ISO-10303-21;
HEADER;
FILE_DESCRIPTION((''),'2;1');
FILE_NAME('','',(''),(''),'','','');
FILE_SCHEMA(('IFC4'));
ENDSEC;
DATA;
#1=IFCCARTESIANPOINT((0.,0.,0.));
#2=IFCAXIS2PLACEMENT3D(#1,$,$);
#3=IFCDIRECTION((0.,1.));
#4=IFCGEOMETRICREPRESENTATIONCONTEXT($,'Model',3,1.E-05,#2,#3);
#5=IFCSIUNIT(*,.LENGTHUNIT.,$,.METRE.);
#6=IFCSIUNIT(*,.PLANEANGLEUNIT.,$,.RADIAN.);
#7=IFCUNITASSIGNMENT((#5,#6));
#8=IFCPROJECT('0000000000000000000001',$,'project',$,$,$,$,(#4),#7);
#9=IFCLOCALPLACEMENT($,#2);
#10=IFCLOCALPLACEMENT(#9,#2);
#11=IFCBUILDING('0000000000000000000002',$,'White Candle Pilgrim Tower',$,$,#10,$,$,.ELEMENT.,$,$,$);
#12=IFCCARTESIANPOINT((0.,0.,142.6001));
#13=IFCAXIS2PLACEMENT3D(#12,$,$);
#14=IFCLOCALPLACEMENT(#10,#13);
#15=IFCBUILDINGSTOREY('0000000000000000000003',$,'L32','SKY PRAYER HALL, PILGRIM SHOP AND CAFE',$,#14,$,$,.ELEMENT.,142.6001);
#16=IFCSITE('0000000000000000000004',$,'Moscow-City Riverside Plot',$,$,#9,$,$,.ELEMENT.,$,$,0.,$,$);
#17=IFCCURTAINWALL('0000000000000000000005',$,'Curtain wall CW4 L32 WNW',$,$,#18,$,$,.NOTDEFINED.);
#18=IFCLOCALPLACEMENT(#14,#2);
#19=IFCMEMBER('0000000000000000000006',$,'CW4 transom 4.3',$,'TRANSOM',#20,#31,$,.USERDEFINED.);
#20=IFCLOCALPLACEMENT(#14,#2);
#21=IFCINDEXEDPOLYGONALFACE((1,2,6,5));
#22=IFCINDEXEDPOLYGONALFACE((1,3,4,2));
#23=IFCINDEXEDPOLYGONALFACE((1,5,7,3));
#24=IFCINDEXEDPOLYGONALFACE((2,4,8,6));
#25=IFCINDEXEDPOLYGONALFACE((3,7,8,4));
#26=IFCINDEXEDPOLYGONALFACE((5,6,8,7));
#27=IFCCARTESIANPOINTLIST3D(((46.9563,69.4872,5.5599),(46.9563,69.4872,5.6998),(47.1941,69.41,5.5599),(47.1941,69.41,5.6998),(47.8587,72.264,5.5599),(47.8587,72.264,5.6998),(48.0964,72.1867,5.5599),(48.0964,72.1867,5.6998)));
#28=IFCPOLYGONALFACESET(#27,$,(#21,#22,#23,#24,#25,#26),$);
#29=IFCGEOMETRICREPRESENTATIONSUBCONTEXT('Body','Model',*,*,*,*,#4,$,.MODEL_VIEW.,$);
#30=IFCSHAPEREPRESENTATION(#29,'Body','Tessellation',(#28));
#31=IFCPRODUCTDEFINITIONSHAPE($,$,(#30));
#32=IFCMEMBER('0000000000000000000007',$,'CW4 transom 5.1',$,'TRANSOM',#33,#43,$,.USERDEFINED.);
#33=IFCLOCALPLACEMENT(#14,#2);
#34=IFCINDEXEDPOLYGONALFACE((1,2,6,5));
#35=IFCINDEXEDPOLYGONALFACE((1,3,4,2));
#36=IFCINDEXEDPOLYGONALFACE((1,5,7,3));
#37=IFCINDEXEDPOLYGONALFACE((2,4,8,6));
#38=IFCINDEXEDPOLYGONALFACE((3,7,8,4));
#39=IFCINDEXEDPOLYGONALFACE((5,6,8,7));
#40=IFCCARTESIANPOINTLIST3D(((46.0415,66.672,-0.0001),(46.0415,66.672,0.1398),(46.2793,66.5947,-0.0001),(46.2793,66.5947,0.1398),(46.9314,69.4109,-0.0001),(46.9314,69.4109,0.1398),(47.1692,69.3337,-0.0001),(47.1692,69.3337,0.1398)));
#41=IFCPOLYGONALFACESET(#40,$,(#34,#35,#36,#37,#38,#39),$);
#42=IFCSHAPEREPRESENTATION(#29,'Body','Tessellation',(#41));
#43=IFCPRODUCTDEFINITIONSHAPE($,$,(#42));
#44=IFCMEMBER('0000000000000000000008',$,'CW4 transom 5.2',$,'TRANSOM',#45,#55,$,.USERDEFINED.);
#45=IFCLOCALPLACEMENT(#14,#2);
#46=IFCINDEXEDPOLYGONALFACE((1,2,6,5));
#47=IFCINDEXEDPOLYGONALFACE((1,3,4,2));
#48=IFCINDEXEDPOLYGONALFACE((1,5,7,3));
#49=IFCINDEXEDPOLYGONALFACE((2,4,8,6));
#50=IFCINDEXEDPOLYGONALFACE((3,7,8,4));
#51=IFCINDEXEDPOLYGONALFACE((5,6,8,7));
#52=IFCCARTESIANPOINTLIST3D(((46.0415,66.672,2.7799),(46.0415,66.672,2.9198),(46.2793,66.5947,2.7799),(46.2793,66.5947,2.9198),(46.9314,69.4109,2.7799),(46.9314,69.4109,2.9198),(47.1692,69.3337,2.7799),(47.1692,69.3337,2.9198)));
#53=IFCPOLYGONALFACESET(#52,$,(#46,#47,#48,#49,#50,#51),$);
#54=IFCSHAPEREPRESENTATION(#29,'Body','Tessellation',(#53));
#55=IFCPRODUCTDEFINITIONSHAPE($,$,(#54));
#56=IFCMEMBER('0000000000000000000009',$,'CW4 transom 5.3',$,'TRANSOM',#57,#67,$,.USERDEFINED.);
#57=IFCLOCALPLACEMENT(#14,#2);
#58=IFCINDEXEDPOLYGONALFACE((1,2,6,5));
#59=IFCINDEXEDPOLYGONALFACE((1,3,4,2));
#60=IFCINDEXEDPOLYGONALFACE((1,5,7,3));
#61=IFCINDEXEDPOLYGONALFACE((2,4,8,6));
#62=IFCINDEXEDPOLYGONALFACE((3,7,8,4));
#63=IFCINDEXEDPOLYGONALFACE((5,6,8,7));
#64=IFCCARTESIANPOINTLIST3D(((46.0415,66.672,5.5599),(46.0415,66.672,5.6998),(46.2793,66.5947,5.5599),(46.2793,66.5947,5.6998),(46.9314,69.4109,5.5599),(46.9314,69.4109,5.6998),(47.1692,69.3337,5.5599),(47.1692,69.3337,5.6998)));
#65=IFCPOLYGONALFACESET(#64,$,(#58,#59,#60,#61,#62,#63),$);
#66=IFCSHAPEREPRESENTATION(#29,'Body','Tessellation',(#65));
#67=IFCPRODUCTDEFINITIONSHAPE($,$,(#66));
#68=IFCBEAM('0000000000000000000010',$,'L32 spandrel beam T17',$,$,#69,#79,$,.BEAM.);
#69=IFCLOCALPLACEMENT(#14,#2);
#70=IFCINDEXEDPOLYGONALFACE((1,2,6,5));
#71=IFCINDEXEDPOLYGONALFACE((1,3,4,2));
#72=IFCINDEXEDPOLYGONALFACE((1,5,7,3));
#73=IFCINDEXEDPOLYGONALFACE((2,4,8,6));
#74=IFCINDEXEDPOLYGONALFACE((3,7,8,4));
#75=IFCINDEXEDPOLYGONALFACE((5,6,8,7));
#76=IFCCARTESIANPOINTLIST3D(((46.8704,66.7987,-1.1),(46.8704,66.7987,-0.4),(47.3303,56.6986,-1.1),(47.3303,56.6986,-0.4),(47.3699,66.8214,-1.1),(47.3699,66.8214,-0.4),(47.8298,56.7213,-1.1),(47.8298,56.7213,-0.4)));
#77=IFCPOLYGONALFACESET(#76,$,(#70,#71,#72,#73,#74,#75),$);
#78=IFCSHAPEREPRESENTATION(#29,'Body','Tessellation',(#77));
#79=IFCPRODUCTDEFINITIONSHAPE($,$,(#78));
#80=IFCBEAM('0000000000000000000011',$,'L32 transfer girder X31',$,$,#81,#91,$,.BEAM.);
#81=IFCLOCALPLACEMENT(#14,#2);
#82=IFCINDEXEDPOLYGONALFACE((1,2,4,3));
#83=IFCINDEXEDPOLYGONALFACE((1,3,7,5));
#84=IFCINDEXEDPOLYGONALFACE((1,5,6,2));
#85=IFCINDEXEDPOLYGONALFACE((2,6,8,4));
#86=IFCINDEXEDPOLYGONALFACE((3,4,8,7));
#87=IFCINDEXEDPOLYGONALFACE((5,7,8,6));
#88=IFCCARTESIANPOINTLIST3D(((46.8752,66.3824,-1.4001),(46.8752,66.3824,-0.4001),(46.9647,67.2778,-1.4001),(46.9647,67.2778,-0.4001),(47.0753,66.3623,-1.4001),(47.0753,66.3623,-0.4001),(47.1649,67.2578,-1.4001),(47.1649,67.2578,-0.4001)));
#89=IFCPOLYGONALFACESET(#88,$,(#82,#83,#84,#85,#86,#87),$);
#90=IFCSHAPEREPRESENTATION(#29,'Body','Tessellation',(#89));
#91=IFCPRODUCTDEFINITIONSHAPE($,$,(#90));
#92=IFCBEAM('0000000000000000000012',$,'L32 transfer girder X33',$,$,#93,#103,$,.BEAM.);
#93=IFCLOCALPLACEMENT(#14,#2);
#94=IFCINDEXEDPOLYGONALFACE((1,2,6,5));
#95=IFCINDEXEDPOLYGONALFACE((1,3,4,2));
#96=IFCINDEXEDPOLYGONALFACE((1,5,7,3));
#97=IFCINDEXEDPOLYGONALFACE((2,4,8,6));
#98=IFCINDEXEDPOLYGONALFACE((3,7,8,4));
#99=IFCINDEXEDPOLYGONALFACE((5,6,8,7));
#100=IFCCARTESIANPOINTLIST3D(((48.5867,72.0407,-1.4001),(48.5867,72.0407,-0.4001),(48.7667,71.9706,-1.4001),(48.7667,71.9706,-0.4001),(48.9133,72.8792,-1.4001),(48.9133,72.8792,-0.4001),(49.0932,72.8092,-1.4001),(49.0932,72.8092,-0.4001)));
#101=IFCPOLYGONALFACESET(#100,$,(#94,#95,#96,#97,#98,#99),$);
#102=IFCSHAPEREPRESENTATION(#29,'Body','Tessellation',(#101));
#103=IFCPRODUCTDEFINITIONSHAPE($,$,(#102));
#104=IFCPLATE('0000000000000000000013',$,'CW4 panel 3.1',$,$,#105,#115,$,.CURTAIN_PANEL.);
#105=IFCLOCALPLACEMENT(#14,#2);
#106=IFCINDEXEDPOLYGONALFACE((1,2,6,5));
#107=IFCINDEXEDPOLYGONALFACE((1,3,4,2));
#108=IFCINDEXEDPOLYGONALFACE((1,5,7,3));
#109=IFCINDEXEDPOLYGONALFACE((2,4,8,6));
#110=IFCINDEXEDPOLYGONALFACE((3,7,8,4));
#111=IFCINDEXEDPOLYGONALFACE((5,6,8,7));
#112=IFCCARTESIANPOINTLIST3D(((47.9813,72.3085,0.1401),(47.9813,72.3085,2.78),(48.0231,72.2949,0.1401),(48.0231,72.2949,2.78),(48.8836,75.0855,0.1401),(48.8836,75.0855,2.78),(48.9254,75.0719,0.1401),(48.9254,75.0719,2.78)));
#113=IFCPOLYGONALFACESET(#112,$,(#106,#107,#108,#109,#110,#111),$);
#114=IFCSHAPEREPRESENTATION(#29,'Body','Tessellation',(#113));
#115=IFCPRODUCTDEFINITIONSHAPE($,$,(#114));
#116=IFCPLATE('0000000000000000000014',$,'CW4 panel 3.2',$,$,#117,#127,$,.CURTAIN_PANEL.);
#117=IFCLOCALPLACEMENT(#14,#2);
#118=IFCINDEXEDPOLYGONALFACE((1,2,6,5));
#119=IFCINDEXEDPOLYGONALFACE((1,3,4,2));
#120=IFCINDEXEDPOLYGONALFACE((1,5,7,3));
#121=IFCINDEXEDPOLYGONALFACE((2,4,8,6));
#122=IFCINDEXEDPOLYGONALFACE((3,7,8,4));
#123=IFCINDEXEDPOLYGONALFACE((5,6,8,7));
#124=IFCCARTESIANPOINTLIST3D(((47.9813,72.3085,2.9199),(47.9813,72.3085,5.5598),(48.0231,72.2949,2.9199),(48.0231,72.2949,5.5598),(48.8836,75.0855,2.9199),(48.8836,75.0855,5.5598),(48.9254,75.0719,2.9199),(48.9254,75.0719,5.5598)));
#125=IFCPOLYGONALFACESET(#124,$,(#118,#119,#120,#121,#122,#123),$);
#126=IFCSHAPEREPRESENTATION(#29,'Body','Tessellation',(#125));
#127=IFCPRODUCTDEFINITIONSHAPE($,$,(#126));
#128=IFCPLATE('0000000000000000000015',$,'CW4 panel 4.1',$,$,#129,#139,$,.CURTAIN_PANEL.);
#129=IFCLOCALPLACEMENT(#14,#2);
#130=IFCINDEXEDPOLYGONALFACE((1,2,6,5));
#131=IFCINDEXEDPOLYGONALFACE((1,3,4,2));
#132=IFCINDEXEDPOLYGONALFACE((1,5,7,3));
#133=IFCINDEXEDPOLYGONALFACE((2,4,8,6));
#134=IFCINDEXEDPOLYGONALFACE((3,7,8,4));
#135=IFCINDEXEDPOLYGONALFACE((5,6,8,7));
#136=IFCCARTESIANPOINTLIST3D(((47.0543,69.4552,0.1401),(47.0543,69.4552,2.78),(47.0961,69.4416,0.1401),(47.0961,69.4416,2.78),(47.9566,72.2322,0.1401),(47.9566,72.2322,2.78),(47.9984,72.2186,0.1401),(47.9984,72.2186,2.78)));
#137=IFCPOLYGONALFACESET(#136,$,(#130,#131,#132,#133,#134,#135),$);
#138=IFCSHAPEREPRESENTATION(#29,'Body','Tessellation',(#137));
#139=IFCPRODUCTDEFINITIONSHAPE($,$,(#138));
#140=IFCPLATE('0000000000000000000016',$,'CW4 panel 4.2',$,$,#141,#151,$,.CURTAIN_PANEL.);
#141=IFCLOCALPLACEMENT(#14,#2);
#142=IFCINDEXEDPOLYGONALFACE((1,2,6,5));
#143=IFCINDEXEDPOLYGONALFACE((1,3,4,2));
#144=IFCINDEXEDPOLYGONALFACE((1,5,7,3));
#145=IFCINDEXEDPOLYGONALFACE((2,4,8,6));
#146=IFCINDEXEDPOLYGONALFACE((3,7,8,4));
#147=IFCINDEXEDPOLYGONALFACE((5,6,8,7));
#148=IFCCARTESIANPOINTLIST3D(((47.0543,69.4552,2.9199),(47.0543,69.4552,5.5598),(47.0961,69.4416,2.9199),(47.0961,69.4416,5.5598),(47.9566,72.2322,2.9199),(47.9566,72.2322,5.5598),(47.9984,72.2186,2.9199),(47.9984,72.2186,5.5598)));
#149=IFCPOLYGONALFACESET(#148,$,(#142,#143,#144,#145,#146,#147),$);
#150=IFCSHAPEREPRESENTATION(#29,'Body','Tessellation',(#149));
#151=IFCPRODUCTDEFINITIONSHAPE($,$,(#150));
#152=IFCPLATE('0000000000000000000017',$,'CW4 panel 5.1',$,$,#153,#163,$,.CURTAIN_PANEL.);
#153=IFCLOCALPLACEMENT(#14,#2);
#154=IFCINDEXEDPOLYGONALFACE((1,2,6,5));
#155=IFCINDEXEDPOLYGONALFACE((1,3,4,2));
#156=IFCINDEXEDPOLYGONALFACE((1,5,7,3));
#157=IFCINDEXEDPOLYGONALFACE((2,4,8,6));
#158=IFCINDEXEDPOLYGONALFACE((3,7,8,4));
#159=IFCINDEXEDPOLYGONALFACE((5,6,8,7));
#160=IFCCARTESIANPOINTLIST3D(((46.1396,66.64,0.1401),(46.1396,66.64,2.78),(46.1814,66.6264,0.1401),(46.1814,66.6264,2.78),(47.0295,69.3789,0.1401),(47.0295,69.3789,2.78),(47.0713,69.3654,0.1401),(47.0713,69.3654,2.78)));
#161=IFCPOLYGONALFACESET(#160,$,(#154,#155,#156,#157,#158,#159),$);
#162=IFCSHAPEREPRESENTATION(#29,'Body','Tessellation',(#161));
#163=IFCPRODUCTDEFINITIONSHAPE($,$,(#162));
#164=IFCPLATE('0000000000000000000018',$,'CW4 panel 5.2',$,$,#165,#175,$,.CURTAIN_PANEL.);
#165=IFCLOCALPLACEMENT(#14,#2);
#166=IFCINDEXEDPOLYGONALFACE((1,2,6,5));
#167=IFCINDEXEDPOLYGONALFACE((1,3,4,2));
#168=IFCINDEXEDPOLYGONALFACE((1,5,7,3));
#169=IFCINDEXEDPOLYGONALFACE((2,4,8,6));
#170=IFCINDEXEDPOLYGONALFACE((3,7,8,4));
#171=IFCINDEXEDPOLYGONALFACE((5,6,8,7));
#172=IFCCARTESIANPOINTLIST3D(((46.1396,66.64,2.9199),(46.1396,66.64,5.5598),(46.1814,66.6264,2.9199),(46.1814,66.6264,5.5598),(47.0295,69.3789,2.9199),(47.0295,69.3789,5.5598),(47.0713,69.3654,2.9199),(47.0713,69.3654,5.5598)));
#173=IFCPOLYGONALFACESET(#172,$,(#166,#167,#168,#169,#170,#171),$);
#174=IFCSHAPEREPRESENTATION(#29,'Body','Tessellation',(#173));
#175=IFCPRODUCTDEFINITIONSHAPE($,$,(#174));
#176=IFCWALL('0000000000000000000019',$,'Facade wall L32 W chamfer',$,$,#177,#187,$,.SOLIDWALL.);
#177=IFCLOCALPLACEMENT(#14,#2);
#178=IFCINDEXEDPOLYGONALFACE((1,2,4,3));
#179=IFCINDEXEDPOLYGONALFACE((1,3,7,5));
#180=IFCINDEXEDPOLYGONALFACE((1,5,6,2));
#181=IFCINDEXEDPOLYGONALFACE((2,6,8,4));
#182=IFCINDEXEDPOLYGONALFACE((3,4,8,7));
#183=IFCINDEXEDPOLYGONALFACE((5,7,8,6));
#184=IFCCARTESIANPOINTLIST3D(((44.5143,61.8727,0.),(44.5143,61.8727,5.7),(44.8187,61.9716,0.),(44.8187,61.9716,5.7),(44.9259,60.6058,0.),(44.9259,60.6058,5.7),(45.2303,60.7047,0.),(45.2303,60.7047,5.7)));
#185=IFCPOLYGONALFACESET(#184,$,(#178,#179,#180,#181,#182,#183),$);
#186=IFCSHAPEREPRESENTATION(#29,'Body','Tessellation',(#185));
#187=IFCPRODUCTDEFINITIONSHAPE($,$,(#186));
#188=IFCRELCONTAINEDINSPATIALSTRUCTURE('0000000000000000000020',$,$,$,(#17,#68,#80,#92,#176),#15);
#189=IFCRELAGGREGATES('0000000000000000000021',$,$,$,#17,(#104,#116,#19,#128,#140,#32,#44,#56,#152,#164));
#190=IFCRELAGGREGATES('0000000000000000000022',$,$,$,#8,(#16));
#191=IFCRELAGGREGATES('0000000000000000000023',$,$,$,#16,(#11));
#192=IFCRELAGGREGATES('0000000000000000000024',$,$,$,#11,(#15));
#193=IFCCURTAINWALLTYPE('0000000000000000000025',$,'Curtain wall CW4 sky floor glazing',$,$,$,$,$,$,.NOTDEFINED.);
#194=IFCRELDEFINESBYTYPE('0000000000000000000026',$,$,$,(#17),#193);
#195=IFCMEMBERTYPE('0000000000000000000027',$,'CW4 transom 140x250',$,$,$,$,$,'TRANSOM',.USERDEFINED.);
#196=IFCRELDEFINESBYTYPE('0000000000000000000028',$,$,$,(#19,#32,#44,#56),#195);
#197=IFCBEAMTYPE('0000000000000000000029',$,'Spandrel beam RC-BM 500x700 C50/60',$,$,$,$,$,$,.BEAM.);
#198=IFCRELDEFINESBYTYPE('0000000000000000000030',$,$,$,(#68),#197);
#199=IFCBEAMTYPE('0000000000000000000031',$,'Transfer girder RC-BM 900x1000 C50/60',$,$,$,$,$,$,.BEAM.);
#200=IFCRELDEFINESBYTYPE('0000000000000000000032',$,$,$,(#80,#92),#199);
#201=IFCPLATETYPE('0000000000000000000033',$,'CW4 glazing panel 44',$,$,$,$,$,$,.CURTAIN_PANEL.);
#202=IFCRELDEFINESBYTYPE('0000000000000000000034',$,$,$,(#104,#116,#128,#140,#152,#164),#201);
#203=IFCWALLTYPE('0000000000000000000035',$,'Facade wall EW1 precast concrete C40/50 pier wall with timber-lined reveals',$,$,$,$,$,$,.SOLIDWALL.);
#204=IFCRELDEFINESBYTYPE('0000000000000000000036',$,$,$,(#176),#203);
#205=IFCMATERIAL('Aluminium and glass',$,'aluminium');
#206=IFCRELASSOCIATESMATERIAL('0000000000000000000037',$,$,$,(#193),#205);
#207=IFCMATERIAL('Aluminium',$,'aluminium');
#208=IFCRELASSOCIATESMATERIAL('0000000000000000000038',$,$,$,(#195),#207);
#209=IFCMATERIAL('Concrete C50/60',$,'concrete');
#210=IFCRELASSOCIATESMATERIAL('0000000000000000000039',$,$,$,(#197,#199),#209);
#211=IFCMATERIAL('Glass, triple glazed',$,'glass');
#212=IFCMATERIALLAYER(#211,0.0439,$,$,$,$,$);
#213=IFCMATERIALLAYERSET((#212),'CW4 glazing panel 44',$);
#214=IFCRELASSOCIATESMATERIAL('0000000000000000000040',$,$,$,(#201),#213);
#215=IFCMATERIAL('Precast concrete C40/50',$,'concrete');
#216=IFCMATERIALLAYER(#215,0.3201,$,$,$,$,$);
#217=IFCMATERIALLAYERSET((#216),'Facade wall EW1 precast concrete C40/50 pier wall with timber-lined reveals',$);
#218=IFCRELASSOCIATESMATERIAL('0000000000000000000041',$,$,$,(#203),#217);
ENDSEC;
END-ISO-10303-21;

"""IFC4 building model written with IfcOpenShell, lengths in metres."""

from ifc_helpers import new_model, si_unit, direction, frame, frame_2d, origin, origin_2d, place, context, subcontext, project, spatial, rectangle, extrude, material, layer, layer_set, material_profile, profile_set, type_object, element, aggregate, save


model = new_model("IFC4")

# Units and contexts
model_context = context("Model", 3, precision=1e-05, world=origin(), true_north=direction((0.0, 1.0)))
body_context = subcontext(model_context, "Body", "Model", "MODEL_VIEW")
ifc_project = project(units=[si_unit("LENGTHUNIT", "METRE"), si_unit("PLANEANGLEUNIT", "RADIAN")], contexts=[model_context])

# Site, building, storey
site_placement = place(None, origin())
site = spatial("IfcSite", under=ifc_project, at=site_placement, Name="Moscow-City Riverside Plot", CompositionType="ELEMENT", RefElevation=0.0)
building_placement = place(site_placement, origin())
building = spatial("IfcBuilding", under=site, at=building_placement, Name="White Candle Pilgrim Tower", CompositionType="ELEMENT")
storey_placement = place(building_placement, frame((0.0, 0.0, 142.6001)))
storey = spatial("IfcBuildingStorey", under=building, at=storey_placement, Name="L32", Description="SKY PRAYER HALL, PILGRIM SHOP AND CAFE", CompositionType="ELEMENT", Elevation=142.6001)

# Shared definitions
ifc_material_1 = material(Name="Aluminium and glass", Category="aluminium")
curtain_wall_type = type_object("IfcCurtainWallType", Name="Curtain wall CW4 sky floor glazing", PredefinedType="NOTDEFINED", material=ifc_material_1)
ifc_material_2 = material(Name="Aluminium", Category="aluminium")

# Curtain wall
curtain_wall_1_placement = place(storey_placement, origin())
curtain_wall_1 = element("IfcCurtainWall", 1, at=curtain_wall_1_placement, inside=storey, type_object=curtain_wall_type, Name="Curtain wall CW4 L32 WNW", PredefinedType="NOTDEFINED")

# Members
ifc_material_profile_1 = material_profile(ifc_material_2, rectangle(XDim=0.25, YDim=0.1399, at=origin_2d()), Name="CW4 transom 140x250")
ifc_profile_set_1 = profile_set([ifc_material_profile_1], Name="Aluminium")
member_type_1 = type_object("IfcMemberType", Name="CW4 transom 140x250", ElementType="TRANSOM", PredefinedType="USERDEFINED", material=ifc_profile_set_1)
member_1_placement = place(storey_placement, frame((47.9775, 72.2253, 5.6299), z_axis=(-0.309044, -0.951048, 0.0), x_axis=(0.951048, -0.309044, 0.0)))
member_1 = element("IfcMember", 2, at=member_1_placement, type_object=member_type_1, Name="CW4 transom 4.3", ObjectType="TRANSOM", PredefinedType="USERDEFINED", context=body_context, shape_type="SweptSolid", body=[
    extrude(rectangle(XDim=0.25, YDim=0.1399, at=origin_2d()), origin(), (0.0, 0.0, 1.0), 2.9197),
])
member_2_placement = place(storey_placement, frame((47.0503, 69.3723, 0.0698), z_axis=(-0.308996, -0.951063, 0.0), x_axis=(0.951063, -0.308996, 0.0)))
member_2 = element("IfcMember", 3, at=member_2_placement, type_object=member_type_1, Name="CW4 transom 5.1", ObjectType="TRANSOM", PredefinedType="USERDEFINED", context=body_context, shape_type="SweptSolid", body=[
    extrude(rectangle(XDim=0.25, YDim=0.1399, at=origin_2d()), origin(), (0.0, 0.0, 1.0), 2.8799),
])
member_3_placement = place(storey_placement, frame((47.0503, 69.3723, 2.8499), z_axis=(-0.308996, -0.951063, 0.0), x_axis=(0.951063, -0.308996, 0.0)))
member_3 = element("IfcMember", 4, at=member_3_placement, type_object=member_type_1, Name="CW4 transom 5.2", ObjectType="TRANSOM", PredefinedType="USERDEFINED", context=body_context, shape_type="SweptSolid", body=[
    extrude(rectangle(XDim=0.25, YDim=0.1399, at=origin_2d()), origin(), (0.0, 0.0, 1.0), 2.8799),
])
member_4_placement = place(storey_placement, frame((47.0503, 69.3723, 5.6299), z_axis=(-0.308996, -0.951063, 0.0), x_axis=(0.951063, -0.308996, 0.0)))
member_4 = element("IfcMember", 5, at=member_4_placement, type_object=member_type_1, Name="CW4 transom 5.3", ObjectType="TRANSOM", PredefinedType="USERDEFINED", context=body_context, shape_type="SweptSolid", body=[
    extrude(rectangle(XDim=0.25, YDim=0.1399, at=origin_2d()), origin(), (0.0, 0.0, 1.0), 2.8799),
])

# Beams
ifc_material_3 = material(Name="Concrete C50/60", Category="concrete")
ifc_material_profile_2 = material_profile(ifc_material_3, rectangle(XDim=0.5, YDim=0.7, at=origin_2d()), Name="RC-BM 500x700")
ifc_profile_set_2 = profile_set([ifc_material_profile_2], Name="Concrete C50/60")
beam_type_1 = type_object("IfcBeamType", Name="Spandrel beam RC-BM 500x700 C50/60", PredefinedType="BEAM", material=ifc_profile_set_2)
beam_1_placement = place(storey_placement, frame((47.1201, 66.8101, -0.75), z_axis=(0.045493, -0.998965, 0.0), x_axis=(0.998965, 0.045493, 0.0)))
element("IfcBeam", 6, at=beam_1_placement, inside=storey, type_object=beam_type_1, Name="L32 spandrel beam T17", PredefinedType="BEAM", context=body_context, shape_type="SweptSolid", body=[
    extrude(rectangle(XDim=0.5, YDim=0.7, at=origin_2d()), origin(), (0.0, 0.0, 1.0), 10.1106),
])
ifc_material_profile_3 = material_profile(ifc_material_3, rectangle(XDim=0.8999, YDim=1.0, at=origin_2d()), Name="RC-BM 900x1000")
ifc_profile_set_3 = profile_set([ifc_material_profile_3], Name="Concrete C50/60")
beam_type_2 = type_object("IfcBeamType", Name="Transfer girder RC-BM 900x1000 C50/60", PredefinedType="BEAM", material=ifc_profile_set_3)
beam_2_placement = place(storey_placement, frame((46.9199, 66.8301, -0.9001), z_axis=(0.995037, -0.099504, 0.0), x_axis=(0.099504, 0.995037, 0.0)))
element("IfcBeam", 7, at=beam_2_placement, inside=storey, type_object=beam_type_2, Name="L32 transfer girder X31", PredefinedType="BEAM", context=body_context, shape_type="SweptSolid", body=[
    extrude(rectangle(XDim=0.8999, YDim=1.0, at=origin_2d()), origin(), (0.0, 0.0, 1.0), 0.2012),
])
beam_3_placement = place(storey_placement, frame((48.75, 72.46, -0.9001), z_axis=(0.931838, -0.362873, 0.0), x_axis=(0.362873, 0.931838, 0.0)))
element("IfcBeam", 8, at=beam_3_placement, inside=storey, type_object=beam_type_2, Name="L32 transfer girder X33", PredefinedType="BEAM", context=body_context, shape_type="SweptSolid", body=[
    extrude(rectangle(XDim=0.8999, YDim=1.0, at=origin_2d()), origin(), (0.0, 0.0, 1.0), 0.1931),
])

# Plates
ifc_material_4 = material(Name="Glass, triple glazed", Category="glass")
ifc_layer_1 = layer(ifc_material_4, 0.0439)
ifc_layer_set_1 = layer_set([ifc_layer_1], Name="CW4 glazing panel 44")
plate_type = type_object("IfcPlateType", Name="CW4 glazing panel 44", PredefinedType="CURTAIN_PANEL", material=ifc_layer_set_1)
plate_1_placement = place(storey_placement, frame((48.4534, 73.6902, 0.1401), z_axis=(0.0, 0.0, 1.0), x_axis=(-0.309017, -0.951057, 0.0)))
plate_1 = element("IfcPlate", 9, at=plate_1_placement, type_object=plate_type, Name="CW4 panel 3.1", PredefinedType="CURTAIN_PANEL", context=body_context, shape_type="SweptSolid", body=[
    extrude(rectangle(XDim=2.9199, YDim=0.0439, at=origin_2d()), origin(), (0.0, 0.0, 1.0), 2.6399),
])
plate_2_placement = place(storey_placement, frame((48.4534, 73.6902, 2.9199), z_axis=(0.0, 0.0, 1.0), x_axis=(-0.309017, -0.951057, 0.0)))
plate_2 = element("IfcPlate", 10, at=plate_2_placement, type_object=plate_type, Name="CW4 panel 3.2", PredefinedType="CURTAIN_PANEL", context=body_context, shape_type="SweptSolid", body=[
    extrude(rectangle(XDim=2.9199, YDim=0.0439, at=origin_2d()), origin(), (0.0, 0.0, 1.0), 2.6399),
])
plate_3_placement = place(storey_placement, frame((47.5264, 70.8369, 0.1401), z_axis=(0.0, 0.0, 1.0), x_axis=(-0.309017, -0.951057, 0.0)))
plate_3 = element("IfcPlate", 11, at=plate_3_placement, type_object=plate_type, Name="CW4 panel 4.1", PredefinedType="CURTAIN_PANEL", context=body_context, shape_type="SweptSolid", body=[
    extrude(rectangle(XDim=2.9199, YDim=0.0439, at=origin_2d()), origin(), (0.0, 0.0, 1.0), 2.6399),
])
plate_4_placement = place(storey_placement, frame((47.5264, 70.8369, 2.9199), z_axis=(0.0, 0.0, 1.0), x_axis=(-0.309017, -0.951057, 0.0)))
plate_4 = element("IfcPlate", 12, at=plate_4_placement, type_object=plate_type, Name="CW4 panel 4.2", PredefinedType="CURTAIN_PANEL", context=body_context, shape_type="SweptSolid", body=[
    extrude(rectangle(XDim=2.9199, YDim=0.0439, at=origin_2d()), origin(), (0.0, 0.0, 1.0), 2.6399),
])
plate_5_placement = place(storey_placement, frame((46.6055, 68.0027, 0.1401), z_axis=(0.0, 0.0, 1.0), x_axis=(-0.309017, -0.951057, 0.0)))
plate_5 = element("IfcPlate", 13, at=plate_5_placement, type_object=plate_type, Name="CW4 panel 5.1", PredefinedType="CURTAIN_PANEL", context=body_context, shape_type="SweptSolid", body=[
    extrude(rectangle(XDim=2.8799, YDim=0.0439, at=origin_2d()), origin(), (0.0, 0.0, 1.0), 2.6399),
])
plate_6_placement = place(storey_placement, frame((46.6055, 68.0027, 2.9199), z_axis=(0.0, 0.0, 1.0), x_axis=(-0.309017, -0.951057, 0.0)))
plate_6 = element("IfcPlate", 14, at=plate_6_placement, type_object=plate_type, Name="CW4 panel 5.2", PredefinedType="CURTAIN_PANEL", context=body_context, shape_type="SweptSolid", body=[
    extrude(rectangle(XDim=2.8799, YDim=0.0439, at=origin_2d()), origin(), (0.0, 0.0, 1.0), 2.6399),
])
aggregate(curtain_wall_1, [plate_1, plate_2, member_1, plate_3, plate_4, member_2, member_3, member_4, plate_5, plate_6])

# Wall
ifc_material_5 = material(Name="Precast concrete C40/50", Category="concrete")
ifc_layer_2 = layer(ifc_material_5, 0.3201)
ifc_layer_set_2 = layer_set([ifc_layer_2], Name="Facade wall EW1 precast concrete C40/50 pier wall with timber-lined reveals")
wall_type_1 = type_object("IfcWallType", Name="Facade wall EW1 precast concrete C40/50 pier wall with timber-lined reveals", PredefinedType="SOLIDWALL", material=ifc_layer_set_2)
wall_1_placement = place(storey_placement, frame((44.6665, 61.9221, 0.0), z_axis=(0.0, 0.0, 1.0), x_axis=(0.309016, -0.951057, 0.0)))
element("IfcWall", 15, at=wall_1_placement, inside=storey, type_object=wall_type_1, Name="Facade wall L32 W chamfer", PredefinedType="SOLIDWALL", context=body_context, shape_type="SweptSolid", body=[
    extrude(rectangle(XDim=1.332, YDim=0.3201, at=frame_2d((0.666, 0.0))), origin(), (0.0, 0.0, 1.0), 5.7),
])

save(model, "model.ifc")
